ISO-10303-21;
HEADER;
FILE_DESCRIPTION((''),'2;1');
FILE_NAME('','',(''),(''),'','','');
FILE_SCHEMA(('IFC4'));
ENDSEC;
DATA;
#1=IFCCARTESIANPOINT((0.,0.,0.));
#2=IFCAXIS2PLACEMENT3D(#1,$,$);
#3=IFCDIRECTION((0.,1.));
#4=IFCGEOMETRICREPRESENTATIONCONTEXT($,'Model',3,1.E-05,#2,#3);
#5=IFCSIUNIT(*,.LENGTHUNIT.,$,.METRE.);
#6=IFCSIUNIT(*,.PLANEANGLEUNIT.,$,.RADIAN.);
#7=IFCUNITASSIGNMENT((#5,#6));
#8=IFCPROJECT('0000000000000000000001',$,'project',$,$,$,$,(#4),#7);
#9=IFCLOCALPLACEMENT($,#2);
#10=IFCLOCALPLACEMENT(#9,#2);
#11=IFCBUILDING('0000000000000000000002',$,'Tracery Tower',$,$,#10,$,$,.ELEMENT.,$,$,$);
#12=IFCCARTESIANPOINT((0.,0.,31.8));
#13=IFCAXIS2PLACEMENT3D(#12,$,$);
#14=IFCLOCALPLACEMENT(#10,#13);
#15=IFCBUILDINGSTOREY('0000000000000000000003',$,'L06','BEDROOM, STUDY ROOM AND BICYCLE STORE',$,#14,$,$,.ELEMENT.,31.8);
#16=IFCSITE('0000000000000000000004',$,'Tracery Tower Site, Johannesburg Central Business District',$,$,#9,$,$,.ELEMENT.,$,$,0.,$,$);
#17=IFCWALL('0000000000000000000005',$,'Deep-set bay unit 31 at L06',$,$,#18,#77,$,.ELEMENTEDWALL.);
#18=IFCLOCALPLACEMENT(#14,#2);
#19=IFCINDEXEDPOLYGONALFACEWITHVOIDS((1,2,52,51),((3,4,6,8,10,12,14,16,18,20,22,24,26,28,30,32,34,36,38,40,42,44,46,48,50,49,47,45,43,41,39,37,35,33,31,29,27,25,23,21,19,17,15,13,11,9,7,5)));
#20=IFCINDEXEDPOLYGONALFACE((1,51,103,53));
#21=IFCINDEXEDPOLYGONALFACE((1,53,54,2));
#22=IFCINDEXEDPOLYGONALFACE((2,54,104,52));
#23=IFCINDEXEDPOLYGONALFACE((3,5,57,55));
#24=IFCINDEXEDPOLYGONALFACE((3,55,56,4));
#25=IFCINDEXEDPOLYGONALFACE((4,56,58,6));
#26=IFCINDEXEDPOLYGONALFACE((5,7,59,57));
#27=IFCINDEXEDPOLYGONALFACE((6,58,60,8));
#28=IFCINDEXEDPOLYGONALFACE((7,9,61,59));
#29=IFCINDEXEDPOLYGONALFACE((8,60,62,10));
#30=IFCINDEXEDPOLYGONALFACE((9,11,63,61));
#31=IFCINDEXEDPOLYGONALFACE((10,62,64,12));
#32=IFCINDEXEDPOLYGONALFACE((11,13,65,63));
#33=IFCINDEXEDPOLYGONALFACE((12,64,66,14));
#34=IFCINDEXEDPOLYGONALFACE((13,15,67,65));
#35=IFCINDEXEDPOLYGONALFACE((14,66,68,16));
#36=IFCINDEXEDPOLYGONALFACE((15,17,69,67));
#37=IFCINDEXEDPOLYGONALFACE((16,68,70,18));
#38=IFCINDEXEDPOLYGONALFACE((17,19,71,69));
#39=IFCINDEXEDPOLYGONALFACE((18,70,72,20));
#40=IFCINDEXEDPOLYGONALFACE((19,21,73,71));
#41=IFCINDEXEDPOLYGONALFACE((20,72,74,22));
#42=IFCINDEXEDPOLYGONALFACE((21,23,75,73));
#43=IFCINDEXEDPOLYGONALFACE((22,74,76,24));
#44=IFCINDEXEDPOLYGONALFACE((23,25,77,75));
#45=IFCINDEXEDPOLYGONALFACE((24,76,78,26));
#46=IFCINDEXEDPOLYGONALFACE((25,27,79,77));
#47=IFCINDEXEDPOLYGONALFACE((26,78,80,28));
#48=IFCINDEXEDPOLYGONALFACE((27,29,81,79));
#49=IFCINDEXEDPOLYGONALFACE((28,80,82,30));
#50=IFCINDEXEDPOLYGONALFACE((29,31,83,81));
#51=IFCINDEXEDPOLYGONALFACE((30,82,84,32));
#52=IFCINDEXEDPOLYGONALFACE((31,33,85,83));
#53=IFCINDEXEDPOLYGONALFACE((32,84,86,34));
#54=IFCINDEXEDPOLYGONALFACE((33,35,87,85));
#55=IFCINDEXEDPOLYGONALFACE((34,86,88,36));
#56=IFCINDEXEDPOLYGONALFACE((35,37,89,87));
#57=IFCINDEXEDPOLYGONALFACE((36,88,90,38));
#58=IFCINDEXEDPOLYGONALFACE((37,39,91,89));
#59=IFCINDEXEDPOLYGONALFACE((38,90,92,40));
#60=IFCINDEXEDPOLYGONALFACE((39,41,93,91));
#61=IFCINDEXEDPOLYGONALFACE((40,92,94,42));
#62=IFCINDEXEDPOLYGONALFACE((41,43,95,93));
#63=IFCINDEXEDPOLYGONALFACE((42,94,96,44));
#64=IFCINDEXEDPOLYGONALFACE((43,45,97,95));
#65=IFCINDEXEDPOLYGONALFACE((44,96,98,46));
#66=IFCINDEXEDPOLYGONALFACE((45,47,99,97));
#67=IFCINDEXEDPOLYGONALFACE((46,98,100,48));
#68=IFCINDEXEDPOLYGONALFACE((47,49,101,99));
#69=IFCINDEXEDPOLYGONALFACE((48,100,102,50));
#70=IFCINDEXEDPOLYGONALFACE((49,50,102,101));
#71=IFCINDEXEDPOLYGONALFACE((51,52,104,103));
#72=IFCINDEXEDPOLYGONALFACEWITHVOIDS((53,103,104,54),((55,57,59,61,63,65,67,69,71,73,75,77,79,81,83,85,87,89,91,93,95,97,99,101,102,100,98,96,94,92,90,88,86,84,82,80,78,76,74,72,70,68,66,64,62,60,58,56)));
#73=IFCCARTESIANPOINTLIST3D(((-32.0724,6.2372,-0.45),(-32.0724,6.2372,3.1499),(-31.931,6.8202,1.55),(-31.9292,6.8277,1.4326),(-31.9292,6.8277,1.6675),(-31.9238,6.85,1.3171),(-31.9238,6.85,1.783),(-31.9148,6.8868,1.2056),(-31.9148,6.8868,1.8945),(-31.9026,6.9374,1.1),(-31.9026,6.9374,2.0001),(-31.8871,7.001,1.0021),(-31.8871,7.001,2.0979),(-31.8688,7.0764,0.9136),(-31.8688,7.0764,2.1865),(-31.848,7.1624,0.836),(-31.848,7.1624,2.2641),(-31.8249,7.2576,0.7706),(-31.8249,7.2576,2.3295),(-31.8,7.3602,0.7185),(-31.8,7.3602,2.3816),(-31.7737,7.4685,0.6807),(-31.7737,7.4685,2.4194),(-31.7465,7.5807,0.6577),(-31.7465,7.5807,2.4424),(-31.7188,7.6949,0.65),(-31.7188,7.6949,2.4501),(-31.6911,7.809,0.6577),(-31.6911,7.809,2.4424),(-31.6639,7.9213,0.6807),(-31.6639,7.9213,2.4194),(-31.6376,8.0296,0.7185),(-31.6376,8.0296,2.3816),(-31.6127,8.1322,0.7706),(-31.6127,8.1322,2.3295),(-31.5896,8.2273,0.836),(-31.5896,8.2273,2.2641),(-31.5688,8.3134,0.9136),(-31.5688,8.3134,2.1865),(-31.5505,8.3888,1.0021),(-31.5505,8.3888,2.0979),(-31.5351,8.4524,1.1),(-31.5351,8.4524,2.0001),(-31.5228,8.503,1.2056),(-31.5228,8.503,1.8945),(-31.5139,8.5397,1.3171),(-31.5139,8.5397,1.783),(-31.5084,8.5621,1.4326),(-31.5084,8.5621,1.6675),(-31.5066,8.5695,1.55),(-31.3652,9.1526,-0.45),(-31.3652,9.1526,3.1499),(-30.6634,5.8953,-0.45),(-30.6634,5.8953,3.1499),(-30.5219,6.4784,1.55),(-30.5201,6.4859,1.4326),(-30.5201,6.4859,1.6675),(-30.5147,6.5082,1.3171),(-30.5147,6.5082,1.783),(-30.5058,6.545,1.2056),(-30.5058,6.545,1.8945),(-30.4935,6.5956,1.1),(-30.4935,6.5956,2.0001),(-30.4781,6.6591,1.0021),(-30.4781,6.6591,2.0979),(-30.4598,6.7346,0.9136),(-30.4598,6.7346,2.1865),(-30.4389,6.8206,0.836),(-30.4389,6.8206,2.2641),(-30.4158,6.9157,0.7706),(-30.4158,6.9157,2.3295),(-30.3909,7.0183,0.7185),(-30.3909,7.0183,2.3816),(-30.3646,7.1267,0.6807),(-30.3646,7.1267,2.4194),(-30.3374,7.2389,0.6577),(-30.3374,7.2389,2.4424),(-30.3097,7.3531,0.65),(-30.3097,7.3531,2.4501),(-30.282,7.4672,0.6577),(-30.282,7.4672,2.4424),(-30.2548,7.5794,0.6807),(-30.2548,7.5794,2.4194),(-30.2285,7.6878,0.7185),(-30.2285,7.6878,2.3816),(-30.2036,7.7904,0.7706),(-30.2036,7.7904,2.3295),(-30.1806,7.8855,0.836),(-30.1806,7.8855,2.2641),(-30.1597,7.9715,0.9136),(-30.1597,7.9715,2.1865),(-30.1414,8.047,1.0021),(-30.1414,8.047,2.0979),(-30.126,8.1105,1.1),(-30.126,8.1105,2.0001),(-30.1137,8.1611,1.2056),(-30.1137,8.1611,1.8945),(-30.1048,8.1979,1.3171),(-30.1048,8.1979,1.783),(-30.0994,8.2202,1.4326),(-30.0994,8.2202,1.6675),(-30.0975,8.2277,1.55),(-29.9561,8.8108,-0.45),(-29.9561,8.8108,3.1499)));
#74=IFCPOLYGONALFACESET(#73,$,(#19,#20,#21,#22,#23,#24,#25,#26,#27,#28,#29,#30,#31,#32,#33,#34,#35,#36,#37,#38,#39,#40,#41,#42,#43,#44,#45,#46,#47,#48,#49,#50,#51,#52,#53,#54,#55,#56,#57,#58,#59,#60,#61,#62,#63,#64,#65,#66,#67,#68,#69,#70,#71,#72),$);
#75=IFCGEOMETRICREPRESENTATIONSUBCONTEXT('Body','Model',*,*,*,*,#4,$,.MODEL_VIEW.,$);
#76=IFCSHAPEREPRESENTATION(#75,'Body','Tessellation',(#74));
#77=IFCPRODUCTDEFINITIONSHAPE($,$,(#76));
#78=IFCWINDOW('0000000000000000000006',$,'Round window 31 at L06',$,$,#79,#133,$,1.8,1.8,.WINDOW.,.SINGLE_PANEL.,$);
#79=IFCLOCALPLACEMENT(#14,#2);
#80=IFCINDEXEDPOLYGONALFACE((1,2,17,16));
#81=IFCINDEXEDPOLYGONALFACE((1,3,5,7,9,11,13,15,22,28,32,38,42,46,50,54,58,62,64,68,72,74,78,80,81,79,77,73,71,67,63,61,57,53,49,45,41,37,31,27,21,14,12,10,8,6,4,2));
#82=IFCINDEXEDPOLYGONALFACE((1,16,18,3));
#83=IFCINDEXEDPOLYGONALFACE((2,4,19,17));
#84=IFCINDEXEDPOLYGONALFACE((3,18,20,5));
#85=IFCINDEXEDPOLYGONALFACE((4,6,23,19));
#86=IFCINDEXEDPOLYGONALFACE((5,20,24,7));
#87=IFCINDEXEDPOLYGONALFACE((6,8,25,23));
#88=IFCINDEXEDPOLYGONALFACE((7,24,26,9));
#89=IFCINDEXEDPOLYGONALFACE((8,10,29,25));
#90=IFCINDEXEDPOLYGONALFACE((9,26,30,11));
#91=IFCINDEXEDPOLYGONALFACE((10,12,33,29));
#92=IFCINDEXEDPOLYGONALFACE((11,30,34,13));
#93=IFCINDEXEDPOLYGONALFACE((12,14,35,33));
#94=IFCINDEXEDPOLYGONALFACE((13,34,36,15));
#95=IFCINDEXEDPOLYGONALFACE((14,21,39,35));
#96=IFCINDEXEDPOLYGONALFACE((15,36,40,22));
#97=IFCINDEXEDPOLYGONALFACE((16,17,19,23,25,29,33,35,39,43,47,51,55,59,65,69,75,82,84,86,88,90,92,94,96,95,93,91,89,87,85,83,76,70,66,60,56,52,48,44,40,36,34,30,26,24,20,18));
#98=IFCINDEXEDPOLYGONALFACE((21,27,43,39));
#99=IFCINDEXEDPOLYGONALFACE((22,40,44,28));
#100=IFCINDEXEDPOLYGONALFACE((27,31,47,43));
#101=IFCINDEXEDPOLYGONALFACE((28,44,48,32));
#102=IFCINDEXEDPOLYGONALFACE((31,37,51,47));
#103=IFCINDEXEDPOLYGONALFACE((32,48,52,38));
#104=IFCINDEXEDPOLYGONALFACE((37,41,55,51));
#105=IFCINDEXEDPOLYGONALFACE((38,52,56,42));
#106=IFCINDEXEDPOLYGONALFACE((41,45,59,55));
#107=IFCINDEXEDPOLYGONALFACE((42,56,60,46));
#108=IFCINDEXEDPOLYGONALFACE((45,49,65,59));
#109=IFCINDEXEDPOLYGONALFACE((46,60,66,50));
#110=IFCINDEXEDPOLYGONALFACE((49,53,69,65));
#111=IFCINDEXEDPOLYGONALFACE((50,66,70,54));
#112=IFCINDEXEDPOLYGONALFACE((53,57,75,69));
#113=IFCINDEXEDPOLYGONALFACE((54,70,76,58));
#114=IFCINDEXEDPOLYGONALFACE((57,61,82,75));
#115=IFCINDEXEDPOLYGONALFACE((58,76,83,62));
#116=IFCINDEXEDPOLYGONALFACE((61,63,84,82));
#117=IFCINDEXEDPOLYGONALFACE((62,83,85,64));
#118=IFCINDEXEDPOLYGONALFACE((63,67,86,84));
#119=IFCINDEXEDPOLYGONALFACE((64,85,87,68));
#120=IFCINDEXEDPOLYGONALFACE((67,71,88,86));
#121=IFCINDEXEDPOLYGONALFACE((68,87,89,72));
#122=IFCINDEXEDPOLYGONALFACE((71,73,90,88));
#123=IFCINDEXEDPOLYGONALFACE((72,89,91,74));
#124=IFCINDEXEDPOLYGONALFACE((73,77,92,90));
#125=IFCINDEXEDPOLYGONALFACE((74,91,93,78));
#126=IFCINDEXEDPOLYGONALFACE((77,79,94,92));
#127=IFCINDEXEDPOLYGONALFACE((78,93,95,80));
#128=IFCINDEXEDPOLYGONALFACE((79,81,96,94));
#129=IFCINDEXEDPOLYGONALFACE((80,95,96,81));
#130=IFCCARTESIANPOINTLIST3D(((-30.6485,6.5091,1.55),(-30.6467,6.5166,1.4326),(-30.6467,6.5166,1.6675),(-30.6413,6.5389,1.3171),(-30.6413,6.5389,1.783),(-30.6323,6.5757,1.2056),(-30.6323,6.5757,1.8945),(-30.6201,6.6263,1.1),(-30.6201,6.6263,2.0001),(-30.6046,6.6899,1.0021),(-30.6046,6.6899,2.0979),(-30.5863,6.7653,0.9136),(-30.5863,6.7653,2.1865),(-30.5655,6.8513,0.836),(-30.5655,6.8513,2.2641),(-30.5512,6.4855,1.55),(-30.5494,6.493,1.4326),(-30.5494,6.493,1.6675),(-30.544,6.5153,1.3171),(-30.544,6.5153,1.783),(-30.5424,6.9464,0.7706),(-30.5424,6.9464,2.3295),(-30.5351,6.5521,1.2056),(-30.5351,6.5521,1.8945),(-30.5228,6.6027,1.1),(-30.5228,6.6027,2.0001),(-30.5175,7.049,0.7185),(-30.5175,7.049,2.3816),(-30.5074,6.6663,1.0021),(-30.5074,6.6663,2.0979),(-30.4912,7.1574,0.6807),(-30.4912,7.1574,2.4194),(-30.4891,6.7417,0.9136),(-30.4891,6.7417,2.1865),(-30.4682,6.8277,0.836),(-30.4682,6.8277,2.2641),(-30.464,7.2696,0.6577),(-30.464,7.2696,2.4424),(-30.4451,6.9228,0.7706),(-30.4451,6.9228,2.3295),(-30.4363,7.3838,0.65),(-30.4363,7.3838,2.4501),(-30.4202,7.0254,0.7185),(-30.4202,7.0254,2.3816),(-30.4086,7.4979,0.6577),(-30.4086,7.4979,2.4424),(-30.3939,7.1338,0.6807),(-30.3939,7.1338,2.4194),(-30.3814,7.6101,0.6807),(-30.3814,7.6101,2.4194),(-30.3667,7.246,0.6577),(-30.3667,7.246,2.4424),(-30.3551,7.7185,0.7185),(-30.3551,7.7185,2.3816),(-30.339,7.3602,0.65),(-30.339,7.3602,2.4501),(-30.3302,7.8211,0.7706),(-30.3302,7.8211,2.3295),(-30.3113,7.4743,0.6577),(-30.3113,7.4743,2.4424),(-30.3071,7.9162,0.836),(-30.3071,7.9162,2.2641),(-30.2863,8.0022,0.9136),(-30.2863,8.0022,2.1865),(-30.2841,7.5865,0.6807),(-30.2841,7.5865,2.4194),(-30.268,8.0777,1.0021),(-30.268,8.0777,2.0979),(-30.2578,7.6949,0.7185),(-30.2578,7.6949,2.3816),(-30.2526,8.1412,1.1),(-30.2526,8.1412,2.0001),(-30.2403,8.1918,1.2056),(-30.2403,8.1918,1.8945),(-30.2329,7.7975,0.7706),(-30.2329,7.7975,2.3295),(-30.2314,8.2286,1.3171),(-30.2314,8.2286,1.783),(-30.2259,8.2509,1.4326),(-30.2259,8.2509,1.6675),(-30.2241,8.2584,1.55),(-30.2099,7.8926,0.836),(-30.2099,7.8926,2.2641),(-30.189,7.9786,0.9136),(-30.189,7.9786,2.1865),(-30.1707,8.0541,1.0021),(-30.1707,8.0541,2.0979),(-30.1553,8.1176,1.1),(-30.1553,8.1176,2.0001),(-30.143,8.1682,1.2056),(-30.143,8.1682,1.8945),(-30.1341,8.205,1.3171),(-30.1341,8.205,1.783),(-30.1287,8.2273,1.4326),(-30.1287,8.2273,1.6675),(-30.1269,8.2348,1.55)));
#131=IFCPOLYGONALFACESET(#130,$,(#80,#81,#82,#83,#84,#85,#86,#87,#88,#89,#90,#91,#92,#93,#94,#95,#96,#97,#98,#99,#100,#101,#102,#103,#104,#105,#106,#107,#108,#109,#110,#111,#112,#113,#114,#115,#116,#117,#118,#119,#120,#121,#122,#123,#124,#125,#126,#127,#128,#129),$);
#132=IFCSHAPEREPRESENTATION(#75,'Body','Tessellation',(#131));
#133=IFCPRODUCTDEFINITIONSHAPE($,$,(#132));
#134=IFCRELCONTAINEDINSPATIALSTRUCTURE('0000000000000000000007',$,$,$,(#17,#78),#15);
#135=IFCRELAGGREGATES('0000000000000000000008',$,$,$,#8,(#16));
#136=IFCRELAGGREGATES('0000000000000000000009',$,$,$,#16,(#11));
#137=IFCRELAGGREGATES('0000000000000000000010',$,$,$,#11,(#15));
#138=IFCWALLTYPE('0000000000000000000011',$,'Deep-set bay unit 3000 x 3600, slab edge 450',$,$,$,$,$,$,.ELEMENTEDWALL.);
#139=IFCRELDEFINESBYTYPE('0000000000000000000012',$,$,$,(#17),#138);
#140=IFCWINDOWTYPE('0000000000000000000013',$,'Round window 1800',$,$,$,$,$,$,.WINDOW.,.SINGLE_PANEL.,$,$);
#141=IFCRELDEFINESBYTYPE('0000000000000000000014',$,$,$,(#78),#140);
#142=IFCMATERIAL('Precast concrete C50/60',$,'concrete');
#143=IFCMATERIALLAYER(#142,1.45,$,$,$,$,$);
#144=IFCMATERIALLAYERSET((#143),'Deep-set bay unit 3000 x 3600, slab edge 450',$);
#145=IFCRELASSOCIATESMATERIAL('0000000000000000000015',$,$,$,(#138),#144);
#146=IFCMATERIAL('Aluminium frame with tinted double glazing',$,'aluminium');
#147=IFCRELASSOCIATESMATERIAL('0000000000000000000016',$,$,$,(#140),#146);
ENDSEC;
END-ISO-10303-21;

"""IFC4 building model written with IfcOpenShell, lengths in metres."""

from ifc_helpers import new_model, si_unit, direction, frame, frame_2d, origin, origin_2d, place, context, subcontext, project, spatial, rectangle, circle, extrude, material, layer, layer_set, type_object, element, fill, save


model = new_model("IFC4")

# Units and contexts
model_context = context("Model", 3, precision=1e-05, world=origin(), true_north=direction((0.0, 1.0)))
body_context = subcontext(model_context, "Body", "Model", "MODEL_VIEW")
ifc_project = project(units=[si_unit("LENGTHUNIT", "METRE"), si_unit("PLANEANGLEUNIT", "RADIAN")], contexts=[model_context])

# Site, building, storey
site_placement = place(None, origin())
site = spatial("IfcSite", under=ifc_project, at=site_placement, Name="Tracery Tower Site, Johannesburg Central Business District", CompositionType="ELEMENT", RefElevation=0.0)
building_placement = place(site_placement, origin())
building = spatial("IfcBuilding", under=site, at=building_placement, Name="Tracery Tower", CompositionType="ELEMENT")
storey_placement = place(building_placement, frame((0.0, 0.0, 31.8)))
storey = spatial("IfcBuildingStorey", under=building, at=storey_placement, Name="L06", Description="BEDROOM, STUDY ROOM AND BICYCLE STORE", CompositionType="ELEMENT", Elevation=31.8)

# Wall, opening, window
ifc_material_1 = material(Name="Precast concrete C50/60", Category="concrete")
ifc_layer_1 = layer(ifc_material_1, 1.45)
ifc_layer_set_1 = layer_set([ifc_layer_1], Name="Deep-set bay unit 3000 x 3600, slab edge 450")
wall_type_1 = type_object("IfcWallType", Name="Deep-set bay unit 3000 x 3600, slab edge 450", PredefinedType="ELEMENTEDWALL", material=ifc_layer_set_1)
wall_1_placement = place(storey_placement, frame((-30.6606, 8.9817, -0.45), z_axis=(0.0, 0.0, 1.0), x_axis=(-0.235751, -0.971813, 0.0)))
wall_1 = element("IfcWall", 1, at=wall_1_placement, inside=storey, type_object=wall_type_1, Name="Deep-set bay unit 31 at L06", PredefinedType="ELEMENTEDWALL", context=body_context, shape_type="SweptSolid", body=[
    extrude(rectangle(XDim=3.0, YDim=1.45, at=frame_2d((1.5, 0.0))), origin(), (0.0, 0.0, 1.0), 3.5999),
])
opening_1_placement = place(wall_1_placement, frame((1.5, 0.0, 2.0)))
opening_1 = element("IfcOpeningElement", 2, at=opening_1_placement, cuts=wall_1, PredefinedType="OPENING", context=body_context, shape_type="SweptSolid", body=[
    extrude(circle(Radius=0.9, at=origin_2d()), frame((0.0, 0.7349, 0.0), z_axis=(0.0, -1.0, 0.0), x_axis=(1.0, 0.0, 0.0)), (0.0, 0.0, 1.0), 1.47),
])
ifc_material_2 = material(Name="Aluminium frame with tinted double glazing", Category="aluminium")
window_type = type_object("IfcWindowType", Name="Round window 1800", PartitioningType="SINGLE_PANEL", PredefinedType="WINDOW", material=ifc_material_2)
window_1_placement = place(opening_1_placement, origin())
window_1 = element("IfcWindow", 3, at=window_1_placement, inside=storey, type_object=window_type, Name="Round window 31 at L06", OverallHeight=1.8, OverallWidth=1.8, PartitioningType="SINGLE_PANEL", PredefinedType="WINDOW", context=body_context, shape_type="SweptSolid", body=[
    extrude(circle(Radius=0.9, at=origin_2d()), frame((0.0, 0.6948, 0.0), z_axis=(0.0, -1.0, 0.0), x_axis=(1.0, 0.0, 0.0)), (0.0, 0.0, 1.0), 0.1001),
])
fill(opening_1, window_1)

save(model, "model.ifc")
